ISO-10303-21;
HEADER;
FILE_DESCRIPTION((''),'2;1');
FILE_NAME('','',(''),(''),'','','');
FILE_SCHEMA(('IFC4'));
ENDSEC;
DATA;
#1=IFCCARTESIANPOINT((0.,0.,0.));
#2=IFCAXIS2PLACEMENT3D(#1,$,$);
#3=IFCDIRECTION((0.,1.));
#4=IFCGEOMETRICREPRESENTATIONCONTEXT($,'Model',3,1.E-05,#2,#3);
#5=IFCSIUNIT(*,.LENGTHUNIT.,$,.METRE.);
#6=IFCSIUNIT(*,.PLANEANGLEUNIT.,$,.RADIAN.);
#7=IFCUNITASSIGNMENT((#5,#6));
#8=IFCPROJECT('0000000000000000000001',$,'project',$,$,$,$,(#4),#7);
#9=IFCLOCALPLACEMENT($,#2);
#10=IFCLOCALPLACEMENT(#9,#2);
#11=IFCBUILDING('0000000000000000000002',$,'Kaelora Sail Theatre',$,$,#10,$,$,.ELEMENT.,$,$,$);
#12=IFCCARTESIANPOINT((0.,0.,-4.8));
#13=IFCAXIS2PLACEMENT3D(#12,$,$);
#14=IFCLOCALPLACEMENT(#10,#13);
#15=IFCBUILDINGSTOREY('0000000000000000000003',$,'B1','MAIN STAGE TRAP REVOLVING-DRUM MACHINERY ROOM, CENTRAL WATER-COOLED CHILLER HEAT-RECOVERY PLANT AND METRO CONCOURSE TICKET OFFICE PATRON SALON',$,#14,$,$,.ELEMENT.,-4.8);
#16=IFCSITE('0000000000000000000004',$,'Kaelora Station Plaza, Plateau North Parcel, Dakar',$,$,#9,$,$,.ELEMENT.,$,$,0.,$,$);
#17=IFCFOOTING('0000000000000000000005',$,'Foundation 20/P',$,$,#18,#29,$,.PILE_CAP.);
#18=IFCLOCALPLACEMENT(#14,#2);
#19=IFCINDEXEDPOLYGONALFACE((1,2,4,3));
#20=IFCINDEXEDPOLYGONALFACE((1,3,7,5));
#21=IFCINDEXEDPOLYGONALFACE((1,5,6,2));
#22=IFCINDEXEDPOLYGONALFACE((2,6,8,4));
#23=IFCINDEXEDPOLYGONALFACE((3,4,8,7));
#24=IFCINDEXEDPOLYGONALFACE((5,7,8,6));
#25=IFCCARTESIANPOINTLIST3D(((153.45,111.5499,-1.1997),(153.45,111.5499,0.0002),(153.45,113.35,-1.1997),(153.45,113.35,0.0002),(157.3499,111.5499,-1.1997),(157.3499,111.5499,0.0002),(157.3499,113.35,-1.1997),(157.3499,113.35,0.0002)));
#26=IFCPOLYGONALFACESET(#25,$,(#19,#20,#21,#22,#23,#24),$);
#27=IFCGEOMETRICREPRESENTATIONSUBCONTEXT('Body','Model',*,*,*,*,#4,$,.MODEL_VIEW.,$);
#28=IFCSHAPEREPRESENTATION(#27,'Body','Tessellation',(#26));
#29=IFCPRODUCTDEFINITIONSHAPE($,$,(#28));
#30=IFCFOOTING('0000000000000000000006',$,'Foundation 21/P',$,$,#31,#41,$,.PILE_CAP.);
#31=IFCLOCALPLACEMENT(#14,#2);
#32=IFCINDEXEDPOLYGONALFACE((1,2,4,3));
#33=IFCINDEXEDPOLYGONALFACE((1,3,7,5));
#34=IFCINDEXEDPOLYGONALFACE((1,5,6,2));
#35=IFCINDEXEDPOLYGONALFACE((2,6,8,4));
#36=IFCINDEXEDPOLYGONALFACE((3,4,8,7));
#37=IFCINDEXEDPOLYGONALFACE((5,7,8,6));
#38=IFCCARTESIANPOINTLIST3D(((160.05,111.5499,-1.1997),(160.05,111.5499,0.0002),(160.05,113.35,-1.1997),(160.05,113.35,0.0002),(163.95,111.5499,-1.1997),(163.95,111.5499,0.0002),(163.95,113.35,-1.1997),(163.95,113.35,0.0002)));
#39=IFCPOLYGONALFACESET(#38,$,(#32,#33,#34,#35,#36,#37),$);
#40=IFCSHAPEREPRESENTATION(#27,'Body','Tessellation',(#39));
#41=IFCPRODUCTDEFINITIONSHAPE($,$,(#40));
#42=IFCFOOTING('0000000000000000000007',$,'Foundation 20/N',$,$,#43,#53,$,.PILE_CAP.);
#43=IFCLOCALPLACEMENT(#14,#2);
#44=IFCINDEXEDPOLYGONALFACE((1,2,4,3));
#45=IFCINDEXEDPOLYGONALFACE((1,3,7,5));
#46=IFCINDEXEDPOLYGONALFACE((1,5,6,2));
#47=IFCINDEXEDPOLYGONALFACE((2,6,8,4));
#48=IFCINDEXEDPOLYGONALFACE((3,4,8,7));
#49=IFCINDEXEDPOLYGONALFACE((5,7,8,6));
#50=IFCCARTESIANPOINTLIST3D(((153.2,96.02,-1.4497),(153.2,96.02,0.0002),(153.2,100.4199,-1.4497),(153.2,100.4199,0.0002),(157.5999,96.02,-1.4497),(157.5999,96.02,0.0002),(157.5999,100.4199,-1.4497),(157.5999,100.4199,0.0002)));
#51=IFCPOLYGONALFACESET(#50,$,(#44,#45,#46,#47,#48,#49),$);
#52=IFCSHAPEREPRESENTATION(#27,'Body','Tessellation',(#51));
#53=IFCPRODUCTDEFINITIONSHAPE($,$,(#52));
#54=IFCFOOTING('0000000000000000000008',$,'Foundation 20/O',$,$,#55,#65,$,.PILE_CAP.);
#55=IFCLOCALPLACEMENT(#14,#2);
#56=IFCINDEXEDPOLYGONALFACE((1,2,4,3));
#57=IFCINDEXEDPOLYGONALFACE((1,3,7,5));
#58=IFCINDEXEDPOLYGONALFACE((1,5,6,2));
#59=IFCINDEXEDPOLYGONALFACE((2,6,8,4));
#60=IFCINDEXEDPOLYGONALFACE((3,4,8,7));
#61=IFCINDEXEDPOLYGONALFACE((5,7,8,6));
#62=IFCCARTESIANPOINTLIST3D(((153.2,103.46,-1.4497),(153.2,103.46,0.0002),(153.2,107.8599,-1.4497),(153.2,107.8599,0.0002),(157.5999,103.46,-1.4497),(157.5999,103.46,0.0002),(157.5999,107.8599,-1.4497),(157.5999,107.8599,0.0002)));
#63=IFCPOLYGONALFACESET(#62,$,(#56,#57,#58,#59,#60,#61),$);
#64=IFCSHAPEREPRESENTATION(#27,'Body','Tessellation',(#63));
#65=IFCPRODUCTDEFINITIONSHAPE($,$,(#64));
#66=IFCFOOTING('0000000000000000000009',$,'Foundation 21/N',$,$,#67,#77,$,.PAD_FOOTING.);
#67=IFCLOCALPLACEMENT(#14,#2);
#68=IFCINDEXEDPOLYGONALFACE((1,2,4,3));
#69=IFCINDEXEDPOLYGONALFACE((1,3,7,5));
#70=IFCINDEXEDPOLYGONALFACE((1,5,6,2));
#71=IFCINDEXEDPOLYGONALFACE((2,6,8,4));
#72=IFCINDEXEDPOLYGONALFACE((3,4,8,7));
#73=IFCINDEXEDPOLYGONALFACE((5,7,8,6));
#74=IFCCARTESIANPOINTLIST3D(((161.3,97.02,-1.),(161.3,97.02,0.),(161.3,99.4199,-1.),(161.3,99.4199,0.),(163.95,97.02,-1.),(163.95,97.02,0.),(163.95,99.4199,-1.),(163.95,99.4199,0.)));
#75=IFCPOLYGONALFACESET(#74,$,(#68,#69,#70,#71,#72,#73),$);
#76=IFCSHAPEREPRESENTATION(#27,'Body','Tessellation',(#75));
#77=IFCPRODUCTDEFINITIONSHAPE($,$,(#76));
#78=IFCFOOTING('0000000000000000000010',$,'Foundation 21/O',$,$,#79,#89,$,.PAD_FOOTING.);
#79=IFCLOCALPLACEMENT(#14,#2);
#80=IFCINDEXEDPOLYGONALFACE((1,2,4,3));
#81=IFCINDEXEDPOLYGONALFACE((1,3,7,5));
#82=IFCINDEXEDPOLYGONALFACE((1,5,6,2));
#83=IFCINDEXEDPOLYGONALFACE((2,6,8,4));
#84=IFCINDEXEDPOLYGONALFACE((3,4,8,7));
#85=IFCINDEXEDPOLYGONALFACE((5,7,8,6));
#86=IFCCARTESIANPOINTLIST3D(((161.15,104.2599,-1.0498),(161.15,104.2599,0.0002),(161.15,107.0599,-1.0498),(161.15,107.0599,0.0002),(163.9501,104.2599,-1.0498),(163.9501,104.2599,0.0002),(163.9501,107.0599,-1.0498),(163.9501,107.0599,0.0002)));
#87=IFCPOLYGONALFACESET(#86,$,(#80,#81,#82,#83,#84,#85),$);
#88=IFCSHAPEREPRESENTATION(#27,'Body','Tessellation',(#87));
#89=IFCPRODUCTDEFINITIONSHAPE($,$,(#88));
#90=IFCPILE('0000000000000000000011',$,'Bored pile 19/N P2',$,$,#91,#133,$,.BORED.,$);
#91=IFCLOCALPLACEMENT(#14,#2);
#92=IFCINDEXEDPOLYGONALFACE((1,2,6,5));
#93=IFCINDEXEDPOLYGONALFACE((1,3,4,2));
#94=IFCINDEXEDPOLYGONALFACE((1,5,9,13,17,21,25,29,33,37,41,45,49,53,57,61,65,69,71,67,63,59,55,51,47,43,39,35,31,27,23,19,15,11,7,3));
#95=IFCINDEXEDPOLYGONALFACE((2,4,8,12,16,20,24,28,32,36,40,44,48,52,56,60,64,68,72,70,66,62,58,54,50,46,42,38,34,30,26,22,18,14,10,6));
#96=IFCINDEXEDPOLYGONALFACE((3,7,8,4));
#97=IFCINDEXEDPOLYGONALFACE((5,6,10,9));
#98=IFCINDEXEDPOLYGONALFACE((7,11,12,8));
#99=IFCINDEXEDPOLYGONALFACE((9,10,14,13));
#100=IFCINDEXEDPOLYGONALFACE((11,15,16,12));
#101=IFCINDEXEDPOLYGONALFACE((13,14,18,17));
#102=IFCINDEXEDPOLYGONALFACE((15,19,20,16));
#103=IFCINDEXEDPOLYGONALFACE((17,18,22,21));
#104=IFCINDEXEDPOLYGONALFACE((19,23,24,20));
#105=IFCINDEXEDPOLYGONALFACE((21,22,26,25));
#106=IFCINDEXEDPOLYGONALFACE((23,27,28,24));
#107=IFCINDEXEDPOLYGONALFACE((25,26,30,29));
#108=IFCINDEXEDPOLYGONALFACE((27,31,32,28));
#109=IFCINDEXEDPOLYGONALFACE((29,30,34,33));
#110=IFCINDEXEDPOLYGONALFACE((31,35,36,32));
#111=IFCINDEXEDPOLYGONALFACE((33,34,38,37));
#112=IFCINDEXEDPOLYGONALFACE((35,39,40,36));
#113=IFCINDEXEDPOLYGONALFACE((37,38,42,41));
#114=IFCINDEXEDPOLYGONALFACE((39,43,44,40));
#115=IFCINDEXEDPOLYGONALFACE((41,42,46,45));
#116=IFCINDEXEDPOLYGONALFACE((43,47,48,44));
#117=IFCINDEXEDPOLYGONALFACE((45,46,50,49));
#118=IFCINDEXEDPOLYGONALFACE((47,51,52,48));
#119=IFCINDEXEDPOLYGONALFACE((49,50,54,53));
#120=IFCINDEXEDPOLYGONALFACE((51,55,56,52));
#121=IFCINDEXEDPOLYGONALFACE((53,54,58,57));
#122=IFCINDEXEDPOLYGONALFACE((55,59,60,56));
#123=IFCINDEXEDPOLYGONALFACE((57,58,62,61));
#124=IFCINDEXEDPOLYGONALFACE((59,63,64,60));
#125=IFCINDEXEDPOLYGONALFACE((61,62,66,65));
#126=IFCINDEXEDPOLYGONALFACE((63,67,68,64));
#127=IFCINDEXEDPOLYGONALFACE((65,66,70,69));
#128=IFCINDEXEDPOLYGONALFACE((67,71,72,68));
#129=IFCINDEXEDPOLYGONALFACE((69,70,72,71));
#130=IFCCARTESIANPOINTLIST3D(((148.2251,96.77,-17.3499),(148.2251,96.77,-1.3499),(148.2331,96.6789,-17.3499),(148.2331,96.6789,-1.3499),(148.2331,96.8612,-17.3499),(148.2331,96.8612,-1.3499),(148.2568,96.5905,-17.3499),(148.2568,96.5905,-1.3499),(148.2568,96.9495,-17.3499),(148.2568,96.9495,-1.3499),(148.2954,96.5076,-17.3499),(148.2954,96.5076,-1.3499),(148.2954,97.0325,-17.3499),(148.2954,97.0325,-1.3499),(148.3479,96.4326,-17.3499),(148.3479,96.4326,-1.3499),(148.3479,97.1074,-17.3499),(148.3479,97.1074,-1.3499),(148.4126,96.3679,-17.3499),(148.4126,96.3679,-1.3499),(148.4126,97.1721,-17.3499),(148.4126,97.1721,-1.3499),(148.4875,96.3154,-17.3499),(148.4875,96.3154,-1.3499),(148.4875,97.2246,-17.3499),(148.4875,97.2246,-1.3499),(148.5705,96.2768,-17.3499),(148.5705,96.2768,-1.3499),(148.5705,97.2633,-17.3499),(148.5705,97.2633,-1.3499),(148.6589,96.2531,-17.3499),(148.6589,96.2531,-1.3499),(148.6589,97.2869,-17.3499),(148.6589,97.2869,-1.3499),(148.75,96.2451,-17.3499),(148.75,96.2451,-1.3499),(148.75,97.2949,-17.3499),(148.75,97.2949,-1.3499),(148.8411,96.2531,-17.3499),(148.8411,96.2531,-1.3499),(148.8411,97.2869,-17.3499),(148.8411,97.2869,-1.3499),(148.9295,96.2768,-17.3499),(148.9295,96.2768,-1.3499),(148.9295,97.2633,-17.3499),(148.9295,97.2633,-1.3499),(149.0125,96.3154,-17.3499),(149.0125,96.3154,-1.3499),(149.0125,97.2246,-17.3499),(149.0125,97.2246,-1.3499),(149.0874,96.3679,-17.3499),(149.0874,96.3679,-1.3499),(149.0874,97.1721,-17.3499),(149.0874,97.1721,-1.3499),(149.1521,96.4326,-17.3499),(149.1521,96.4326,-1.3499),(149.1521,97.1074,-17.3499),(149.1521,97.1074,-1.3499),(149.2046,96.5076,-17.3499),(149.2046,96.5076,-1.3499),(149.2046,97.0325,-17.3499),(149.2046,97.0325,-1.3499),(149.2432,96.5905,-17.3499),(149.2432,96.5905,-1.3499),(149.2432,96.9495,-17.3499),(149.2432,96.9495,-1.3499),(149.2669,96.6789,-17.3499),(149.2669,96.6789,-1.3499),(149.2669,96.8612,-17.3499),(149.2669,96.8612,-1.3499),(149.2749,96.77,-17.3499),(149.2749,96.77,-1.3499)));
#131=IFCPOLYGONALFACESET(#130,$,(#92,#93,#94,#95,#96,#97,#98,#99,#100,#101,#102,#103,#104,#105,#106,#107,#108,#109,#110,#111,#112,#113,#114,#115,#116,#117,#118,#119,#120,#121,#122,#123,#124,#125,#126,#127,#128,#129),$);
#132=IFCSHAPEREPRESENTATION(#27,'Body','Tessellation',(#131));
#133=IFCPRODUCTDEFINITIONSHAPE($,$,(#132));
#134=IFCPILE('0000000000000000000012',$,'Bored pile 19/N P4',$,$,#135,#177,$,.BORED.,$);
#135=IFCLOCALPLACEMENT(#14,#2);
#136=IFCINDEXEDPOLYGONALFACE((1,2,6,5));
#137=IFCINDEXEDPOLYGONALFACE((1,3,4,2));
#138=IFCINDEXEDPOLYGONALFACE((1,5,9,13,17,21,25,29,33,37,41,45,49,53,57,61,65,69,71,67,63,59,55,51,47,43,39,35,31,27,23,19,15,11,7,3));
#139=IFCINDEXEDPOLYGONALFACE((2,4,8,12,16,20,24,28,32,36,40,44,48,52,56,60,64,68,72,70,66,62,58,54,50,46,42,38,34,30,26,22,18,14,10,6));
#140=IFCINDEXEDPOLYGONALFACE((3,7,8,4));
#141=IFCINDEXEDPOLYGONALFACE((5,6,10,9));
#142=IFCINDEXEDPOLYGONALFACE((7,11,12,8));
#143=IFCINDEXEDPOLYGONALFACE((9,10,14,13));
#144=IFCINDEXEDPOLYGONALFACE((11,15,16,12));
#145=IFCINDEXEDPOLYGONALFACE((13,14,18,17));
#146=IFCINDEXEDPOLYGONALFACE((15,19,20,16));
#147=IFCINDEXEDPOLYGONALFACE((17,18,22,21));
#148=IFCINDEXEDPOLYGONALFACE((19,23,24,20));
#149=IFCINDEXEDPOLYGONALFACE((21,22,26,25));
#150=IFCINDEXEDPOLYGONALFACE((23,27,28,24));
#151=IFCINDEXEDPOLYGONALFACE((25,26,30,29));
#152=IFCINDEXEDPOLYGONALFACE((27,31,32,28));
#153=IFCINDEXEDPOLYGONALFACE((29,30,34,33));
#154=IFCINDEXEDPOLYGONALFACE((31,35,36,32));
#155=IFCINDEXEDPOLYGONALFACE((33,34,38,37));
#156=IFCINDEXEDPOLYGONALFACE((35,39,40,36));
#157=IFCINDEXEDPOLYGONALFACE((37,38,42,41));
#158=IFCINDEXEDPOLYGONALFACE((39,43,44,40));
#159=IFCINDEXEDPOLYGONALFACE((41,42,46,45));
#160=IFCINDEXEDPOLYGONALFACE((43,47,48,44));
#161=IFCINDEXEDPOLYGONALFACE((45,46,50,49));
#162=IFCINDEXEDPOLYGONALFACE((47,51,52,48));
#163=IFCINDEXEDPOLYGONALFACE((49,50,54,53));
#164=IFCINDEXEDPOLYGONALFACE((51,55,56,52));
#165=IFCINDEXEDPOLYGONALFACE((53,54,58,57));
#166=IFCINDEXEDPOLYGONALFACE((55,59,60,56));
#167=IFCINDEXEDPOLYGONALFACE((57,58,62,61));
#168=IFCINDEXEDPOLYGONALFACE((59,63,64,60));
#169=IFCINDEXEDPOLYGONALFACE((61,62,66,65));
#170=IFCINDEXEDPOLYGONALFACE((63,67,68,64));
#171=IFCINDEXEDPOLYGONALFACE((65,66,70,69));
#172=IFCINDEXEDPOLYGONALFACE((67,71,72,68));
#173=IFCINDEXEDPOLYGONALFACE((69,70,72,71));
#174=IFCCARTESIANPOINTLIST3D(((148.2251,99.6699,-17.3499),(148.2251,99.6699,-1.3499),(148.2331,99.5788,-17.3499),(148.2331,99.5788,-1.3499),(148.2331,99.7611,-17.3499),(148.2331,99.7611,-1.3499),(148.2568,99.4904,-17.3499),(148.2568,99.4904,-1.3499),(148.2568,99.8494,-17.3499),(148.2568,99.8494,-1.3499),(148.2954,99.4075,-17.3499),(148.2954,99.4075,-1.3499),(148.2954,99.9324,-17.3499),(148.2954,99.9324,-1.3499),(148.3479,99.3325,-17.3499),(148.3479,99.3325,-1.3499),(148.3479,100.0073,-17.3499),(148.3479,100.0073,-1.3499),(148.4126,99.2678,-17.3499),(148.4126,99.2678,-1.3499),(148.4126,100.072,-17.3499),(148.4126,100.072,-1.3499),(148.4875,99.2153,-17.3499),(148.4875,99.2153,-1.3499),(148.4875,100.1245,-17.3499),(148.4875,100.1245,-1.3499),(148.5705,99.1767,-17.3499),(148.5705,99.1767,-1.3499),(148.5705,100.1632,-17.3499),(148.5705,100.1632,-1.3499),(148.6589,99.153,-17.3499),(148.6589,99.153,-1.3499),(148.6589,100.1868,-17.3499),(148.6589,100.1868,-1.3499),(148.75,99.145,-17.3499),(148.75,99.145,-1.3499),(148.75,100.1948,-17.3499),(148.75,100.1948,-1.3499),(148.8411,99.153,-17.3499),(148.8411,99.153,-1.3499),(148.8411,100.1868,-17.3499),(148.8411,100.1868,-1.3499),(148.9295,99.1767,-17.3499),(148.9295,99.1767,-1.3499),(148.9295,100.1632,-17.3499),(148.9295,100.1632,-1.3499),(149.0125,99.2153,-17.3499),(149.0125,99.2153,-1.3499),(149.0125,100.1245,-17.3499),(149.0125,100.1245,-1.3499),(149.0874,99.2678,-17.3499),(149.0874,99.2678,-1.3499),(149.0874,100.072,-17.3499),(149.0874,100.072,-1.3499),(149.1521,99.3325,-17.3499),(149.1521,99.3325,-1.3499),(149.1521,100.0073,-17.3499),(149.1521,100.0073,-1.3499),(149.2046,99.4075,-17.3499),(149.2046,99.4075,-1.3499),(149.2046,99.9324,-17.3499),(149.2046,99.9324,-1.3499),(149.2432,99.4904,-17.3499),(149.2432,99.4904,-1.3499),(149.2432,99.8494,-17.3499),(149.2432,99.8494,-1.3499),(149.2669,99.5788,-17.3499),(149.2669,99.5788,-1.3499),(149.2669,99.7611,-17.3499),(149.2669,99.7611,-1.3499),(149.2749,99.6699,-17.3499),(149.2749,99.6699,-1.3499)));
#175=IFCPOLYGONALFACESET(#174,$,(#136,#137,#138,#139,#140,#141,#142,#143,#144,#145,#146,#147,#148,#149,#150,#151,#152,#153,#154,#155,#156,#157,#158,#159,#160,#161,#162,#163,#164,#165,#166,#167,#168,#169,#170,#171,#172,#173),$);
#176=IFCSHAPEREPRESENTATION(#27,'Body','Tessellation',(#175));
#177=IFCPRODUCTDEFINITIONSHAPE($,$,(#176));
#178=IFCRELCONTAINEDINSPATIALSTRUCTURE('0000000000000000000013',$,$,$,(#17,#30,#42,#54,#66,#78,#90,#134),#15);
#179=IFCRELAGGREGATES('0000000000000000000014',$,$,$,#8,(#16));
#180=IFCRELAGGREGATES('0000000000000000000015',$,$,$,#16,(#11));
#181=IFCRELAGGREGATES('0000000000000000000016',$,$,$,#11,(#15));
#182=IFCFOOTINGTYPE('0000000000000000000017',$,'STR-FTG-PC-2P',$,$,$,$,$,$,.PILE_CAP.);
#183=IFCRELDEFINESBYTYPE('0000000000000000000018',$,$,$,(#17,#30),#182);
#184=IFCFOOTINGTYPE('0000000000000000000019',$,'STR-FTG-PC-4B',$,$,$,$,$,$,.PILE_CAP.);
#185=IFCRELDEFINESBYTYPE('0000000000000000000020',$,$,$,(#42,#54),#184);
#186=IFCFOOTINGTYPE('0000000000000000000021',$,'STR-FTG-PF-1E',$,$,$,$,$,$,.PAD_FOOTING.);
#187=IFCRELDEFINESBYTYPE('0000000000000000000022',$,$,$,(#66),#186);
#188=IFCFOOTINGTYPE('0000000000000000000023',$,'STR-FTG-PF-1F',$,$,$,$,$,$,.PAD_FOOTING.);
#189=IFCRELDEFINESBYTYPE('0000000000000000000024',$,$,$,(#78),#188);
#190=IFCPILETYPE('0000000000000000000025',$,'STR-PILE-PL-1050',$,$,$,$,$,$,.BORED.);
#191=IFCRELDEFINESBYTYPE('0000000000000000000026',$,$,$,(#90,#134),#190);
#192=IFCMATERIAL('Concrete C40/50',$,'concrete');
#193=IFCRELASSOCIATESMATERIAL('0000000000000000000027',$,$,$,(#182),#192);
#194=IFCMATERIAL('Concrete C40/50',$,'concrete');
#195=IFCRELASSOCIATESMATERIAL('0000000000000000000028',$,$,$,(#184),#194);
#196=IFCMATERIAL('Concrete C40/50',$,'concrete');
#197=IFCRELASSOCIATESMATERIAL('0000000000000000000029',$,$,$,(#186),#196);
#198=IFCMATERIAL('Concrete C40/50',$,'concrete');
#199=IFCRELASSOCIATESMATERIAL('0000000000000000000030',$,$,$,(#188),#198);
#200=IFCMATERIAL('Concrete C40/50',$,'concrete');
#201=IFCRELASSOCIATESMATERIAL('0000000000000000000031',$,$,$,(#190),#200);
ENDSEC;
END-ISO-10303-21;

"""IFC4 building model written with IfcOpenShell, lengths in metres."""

from ifc_helpers import new_model, si_unit, direction, frame, origin, origin_2d, place, context, subcontext, project, spatial, rectangle, circle, extrude, material, material_profile, profile_set, type_object, element, save


model = new_model("IFC4")

# Units and contexts
model_context = context("Model", 3, precision=1e-05, world=origin(), true_north=direction((0.0, 1.0)))
body_context = subcontext(model_context, "Body", "Model", "MODEL_VIEW")
ifc_project = project(units=[si_unit("LENGTHUNIT", "METRE"), si_unit("PLANEANGLEUNIT", "RADIAN")], contexts=[model_context])

# Site, building, storey
site_placement = place(None, origin())
site = spatial("IfcSite", under=ifc_project, at=site_placement, Name="Kaelora Station Plaza, Plateau North Parcel, Dakar", CompositionType="ELEMENT", RefElevation=0.0)
building_placement = place(site_placement, origin())
building = spatial("IfcBuilding", under=site, at=building_placement, Name="Kaelora Sail Theatre", CompositionType="ELEMENT")
storey_placement = place(building_placement, frame((0.0, 0.0, -4.8)))
storey = spatial("IfcBuildingStorey", under=building, at=storey_placement, Name="B1", Description="MAIN STAGE TRAP REVOLVING-DRUM MACHINERY ROOM, CENTRAL WATER-COOLED CHILLER HEAT-RECOVERY PLANT AND METRO CONCOURSE TICKET OFFICE PATRON SALON", CompositionType="ELEMENT", Elevation=-4.8)

# Footings
ifc_material_1 = material(Name="Concrete C40/50", Category="concrete")
footing_type_1 = type_object("IfcFootingType", Name="STR-FTG-PC-2P", PredefinedType="PILE_CAP", material=ifc_material_1)
for number, where, z_axis, x_axis, name in (
    (1, (155.3999, 112.45, -1.1997), (0.0, 0.0, 1.0), (1.0, 0.0, 0.0), "Foundation 20/P"),
    (2, (162.0, 112.45, -1.1997), (0.0, 0.0, 1.0), (1.0, 0.0, 0.0), "Foundation 21/P"),
):
    element("IfcFooting", number, at=place(storey_placement, frame(where, z_axis=z_axis, x_axis=x_axis)), inside=storey, type_object=footing_type_1, Name=name, PredefinedType="PILE_CAP", context=body_context, shape_type="SweptSolid", body=[
        extrude(rectangle(XDim=3.8999, YDim=1.8, at=origin_2d()), origin(), (0.0, 0.0, 1.0), 1.2),
    ])
ifc_material_2 = material(Name="Concrete C40/50", Category="concrete")
footing_type_2 = type_object("IfcFootingType", Name="STR-FTG-PC-4B", PredefinedType="PILE_CAP", material=ifc_material_2)
for number, where, z_axis, x_axis, name in (
    (3, (155.3999, 98.22, -1.4497), (0.0, 0.0, 1.0), (1.0, 0.0, 0.0), "Foundation 20/N"),
    (4, (155.3999, 105.6599, -1.4497), (0.0, 0.0, 1.0), (1.0, 0.0, 0.0), "Foundation 20/O"),
):
    element("IfcFooting", number, at=place(storey_placement, frame(where, z_axis=z_axis, x_axis=x_axis)), inside=storey, type_object=footing_type_2, Name=name, PredefinedType="PILE_CAP", context=body_context, shape_type="SweptSolid", body=[
        extrude(rectangle(XDim=4.3999, YDim=4.3999, at=origin_2d()), origin(), (0.0, 0.0, 1.0), 1.45),
    ])
ifc_material_3 = material(Name="Concrete C40/50", Category="concrete")
footing_type_3 = type_object("IfcFootingType", Name="STR-FTG-PF-1E", PredefinedType="PAD_FOOTING", material=ifc_material_3)
footing_1_placement = place(storey_placement, frame((162.625, 98.22, -1.0), z_axis=(0.0, 0.0, 1.0), x_axis=(1.0, 0.0, 0.0)))
element("IfcFooting", 5, at=footing_1_placement, inside=storey, type_object=footing_type_3, Name="Foundation 21/N", PredefinedType="PAD_FOOTING", context=body_context, shape_type="SweptSolid", body=[
    extrude(rectangle(XDim=2.6499, YDim=2.3999, at=origin_2d()), origin(), (0.0, 0.0, 1.0), 1.0),
])
ifc_material_4 = material(Name="Concrete C40/50", Category="concrete")
footing_type_4 = type_object("IfcFootingType", Name="STR-FTG-PF-1F", PredefinedType="PAD_FOOTING", material=ifc_material_4)
footing_2_placement = place(storey_placement, frame((162.55, 105.6599, -1.0498), z_axis=(0.0, 0.0, 1.0), x_axis=(1.0, 0.0, 0.0)))
element("IfcFooting", 6, at=footing_2_placement, inside=storey, type_object=footing_type_4, Name="Foundation 21/O", PredefinedType="PAD_FOOTING", context=body_context, shape_type="SweptSolid", body=[
    extrude(rectangle(XDim=2.8, YDim=2.8, at=origin_2d()), origin(), (0.0, 0.0, 1.0), 1.05),
])

# Piles
ifc_material_5 = material(Name="Concrete C40/50", Category="concrete")
ifc_material_profile_1 = material_profile(ifc_material_5, circle(Radius=0.5249, at=origin_2d()), Name="PILE D1050")
ifc_profile_set_1 = profile_set([ifc_material_profile_1], Name="Concrete C40/50")
pile_type_1 = type_object("IfcPileType", Name="STR-PILE-PL-1050", PredefinedType="BORED", material=ifc_profile_set_1)
for number, where, z_axis, x_axis, name in (
    (7, (148.75, 96.77, -1.3499), (0.0, 0.0, -1.0), (1.0, 0.0, 0.0), "Bored pile 19/N P2"),
    (8, (148.75, 99.6699, -1.3499), (0.0, 0.0, -1.0), (1.0, 0.0, 0.0), "Bored pile 19/N P4"),
):
    element("IfcPile", number, at=place(storey_placement, frame(where, z_axis=z_axis, x_axis=x_axis)), inside=storey, type_object=pile_type_1, Name=name, PredefinedType="BORED", context=body_context, shape_type="SweptSolid", body=[
        extrude(circle(Radius=0.5249, at=origin_2d()), origin(), (0.0, 0.0, 1.0), 16.0),
    ])

save(model, "model.ifc")
